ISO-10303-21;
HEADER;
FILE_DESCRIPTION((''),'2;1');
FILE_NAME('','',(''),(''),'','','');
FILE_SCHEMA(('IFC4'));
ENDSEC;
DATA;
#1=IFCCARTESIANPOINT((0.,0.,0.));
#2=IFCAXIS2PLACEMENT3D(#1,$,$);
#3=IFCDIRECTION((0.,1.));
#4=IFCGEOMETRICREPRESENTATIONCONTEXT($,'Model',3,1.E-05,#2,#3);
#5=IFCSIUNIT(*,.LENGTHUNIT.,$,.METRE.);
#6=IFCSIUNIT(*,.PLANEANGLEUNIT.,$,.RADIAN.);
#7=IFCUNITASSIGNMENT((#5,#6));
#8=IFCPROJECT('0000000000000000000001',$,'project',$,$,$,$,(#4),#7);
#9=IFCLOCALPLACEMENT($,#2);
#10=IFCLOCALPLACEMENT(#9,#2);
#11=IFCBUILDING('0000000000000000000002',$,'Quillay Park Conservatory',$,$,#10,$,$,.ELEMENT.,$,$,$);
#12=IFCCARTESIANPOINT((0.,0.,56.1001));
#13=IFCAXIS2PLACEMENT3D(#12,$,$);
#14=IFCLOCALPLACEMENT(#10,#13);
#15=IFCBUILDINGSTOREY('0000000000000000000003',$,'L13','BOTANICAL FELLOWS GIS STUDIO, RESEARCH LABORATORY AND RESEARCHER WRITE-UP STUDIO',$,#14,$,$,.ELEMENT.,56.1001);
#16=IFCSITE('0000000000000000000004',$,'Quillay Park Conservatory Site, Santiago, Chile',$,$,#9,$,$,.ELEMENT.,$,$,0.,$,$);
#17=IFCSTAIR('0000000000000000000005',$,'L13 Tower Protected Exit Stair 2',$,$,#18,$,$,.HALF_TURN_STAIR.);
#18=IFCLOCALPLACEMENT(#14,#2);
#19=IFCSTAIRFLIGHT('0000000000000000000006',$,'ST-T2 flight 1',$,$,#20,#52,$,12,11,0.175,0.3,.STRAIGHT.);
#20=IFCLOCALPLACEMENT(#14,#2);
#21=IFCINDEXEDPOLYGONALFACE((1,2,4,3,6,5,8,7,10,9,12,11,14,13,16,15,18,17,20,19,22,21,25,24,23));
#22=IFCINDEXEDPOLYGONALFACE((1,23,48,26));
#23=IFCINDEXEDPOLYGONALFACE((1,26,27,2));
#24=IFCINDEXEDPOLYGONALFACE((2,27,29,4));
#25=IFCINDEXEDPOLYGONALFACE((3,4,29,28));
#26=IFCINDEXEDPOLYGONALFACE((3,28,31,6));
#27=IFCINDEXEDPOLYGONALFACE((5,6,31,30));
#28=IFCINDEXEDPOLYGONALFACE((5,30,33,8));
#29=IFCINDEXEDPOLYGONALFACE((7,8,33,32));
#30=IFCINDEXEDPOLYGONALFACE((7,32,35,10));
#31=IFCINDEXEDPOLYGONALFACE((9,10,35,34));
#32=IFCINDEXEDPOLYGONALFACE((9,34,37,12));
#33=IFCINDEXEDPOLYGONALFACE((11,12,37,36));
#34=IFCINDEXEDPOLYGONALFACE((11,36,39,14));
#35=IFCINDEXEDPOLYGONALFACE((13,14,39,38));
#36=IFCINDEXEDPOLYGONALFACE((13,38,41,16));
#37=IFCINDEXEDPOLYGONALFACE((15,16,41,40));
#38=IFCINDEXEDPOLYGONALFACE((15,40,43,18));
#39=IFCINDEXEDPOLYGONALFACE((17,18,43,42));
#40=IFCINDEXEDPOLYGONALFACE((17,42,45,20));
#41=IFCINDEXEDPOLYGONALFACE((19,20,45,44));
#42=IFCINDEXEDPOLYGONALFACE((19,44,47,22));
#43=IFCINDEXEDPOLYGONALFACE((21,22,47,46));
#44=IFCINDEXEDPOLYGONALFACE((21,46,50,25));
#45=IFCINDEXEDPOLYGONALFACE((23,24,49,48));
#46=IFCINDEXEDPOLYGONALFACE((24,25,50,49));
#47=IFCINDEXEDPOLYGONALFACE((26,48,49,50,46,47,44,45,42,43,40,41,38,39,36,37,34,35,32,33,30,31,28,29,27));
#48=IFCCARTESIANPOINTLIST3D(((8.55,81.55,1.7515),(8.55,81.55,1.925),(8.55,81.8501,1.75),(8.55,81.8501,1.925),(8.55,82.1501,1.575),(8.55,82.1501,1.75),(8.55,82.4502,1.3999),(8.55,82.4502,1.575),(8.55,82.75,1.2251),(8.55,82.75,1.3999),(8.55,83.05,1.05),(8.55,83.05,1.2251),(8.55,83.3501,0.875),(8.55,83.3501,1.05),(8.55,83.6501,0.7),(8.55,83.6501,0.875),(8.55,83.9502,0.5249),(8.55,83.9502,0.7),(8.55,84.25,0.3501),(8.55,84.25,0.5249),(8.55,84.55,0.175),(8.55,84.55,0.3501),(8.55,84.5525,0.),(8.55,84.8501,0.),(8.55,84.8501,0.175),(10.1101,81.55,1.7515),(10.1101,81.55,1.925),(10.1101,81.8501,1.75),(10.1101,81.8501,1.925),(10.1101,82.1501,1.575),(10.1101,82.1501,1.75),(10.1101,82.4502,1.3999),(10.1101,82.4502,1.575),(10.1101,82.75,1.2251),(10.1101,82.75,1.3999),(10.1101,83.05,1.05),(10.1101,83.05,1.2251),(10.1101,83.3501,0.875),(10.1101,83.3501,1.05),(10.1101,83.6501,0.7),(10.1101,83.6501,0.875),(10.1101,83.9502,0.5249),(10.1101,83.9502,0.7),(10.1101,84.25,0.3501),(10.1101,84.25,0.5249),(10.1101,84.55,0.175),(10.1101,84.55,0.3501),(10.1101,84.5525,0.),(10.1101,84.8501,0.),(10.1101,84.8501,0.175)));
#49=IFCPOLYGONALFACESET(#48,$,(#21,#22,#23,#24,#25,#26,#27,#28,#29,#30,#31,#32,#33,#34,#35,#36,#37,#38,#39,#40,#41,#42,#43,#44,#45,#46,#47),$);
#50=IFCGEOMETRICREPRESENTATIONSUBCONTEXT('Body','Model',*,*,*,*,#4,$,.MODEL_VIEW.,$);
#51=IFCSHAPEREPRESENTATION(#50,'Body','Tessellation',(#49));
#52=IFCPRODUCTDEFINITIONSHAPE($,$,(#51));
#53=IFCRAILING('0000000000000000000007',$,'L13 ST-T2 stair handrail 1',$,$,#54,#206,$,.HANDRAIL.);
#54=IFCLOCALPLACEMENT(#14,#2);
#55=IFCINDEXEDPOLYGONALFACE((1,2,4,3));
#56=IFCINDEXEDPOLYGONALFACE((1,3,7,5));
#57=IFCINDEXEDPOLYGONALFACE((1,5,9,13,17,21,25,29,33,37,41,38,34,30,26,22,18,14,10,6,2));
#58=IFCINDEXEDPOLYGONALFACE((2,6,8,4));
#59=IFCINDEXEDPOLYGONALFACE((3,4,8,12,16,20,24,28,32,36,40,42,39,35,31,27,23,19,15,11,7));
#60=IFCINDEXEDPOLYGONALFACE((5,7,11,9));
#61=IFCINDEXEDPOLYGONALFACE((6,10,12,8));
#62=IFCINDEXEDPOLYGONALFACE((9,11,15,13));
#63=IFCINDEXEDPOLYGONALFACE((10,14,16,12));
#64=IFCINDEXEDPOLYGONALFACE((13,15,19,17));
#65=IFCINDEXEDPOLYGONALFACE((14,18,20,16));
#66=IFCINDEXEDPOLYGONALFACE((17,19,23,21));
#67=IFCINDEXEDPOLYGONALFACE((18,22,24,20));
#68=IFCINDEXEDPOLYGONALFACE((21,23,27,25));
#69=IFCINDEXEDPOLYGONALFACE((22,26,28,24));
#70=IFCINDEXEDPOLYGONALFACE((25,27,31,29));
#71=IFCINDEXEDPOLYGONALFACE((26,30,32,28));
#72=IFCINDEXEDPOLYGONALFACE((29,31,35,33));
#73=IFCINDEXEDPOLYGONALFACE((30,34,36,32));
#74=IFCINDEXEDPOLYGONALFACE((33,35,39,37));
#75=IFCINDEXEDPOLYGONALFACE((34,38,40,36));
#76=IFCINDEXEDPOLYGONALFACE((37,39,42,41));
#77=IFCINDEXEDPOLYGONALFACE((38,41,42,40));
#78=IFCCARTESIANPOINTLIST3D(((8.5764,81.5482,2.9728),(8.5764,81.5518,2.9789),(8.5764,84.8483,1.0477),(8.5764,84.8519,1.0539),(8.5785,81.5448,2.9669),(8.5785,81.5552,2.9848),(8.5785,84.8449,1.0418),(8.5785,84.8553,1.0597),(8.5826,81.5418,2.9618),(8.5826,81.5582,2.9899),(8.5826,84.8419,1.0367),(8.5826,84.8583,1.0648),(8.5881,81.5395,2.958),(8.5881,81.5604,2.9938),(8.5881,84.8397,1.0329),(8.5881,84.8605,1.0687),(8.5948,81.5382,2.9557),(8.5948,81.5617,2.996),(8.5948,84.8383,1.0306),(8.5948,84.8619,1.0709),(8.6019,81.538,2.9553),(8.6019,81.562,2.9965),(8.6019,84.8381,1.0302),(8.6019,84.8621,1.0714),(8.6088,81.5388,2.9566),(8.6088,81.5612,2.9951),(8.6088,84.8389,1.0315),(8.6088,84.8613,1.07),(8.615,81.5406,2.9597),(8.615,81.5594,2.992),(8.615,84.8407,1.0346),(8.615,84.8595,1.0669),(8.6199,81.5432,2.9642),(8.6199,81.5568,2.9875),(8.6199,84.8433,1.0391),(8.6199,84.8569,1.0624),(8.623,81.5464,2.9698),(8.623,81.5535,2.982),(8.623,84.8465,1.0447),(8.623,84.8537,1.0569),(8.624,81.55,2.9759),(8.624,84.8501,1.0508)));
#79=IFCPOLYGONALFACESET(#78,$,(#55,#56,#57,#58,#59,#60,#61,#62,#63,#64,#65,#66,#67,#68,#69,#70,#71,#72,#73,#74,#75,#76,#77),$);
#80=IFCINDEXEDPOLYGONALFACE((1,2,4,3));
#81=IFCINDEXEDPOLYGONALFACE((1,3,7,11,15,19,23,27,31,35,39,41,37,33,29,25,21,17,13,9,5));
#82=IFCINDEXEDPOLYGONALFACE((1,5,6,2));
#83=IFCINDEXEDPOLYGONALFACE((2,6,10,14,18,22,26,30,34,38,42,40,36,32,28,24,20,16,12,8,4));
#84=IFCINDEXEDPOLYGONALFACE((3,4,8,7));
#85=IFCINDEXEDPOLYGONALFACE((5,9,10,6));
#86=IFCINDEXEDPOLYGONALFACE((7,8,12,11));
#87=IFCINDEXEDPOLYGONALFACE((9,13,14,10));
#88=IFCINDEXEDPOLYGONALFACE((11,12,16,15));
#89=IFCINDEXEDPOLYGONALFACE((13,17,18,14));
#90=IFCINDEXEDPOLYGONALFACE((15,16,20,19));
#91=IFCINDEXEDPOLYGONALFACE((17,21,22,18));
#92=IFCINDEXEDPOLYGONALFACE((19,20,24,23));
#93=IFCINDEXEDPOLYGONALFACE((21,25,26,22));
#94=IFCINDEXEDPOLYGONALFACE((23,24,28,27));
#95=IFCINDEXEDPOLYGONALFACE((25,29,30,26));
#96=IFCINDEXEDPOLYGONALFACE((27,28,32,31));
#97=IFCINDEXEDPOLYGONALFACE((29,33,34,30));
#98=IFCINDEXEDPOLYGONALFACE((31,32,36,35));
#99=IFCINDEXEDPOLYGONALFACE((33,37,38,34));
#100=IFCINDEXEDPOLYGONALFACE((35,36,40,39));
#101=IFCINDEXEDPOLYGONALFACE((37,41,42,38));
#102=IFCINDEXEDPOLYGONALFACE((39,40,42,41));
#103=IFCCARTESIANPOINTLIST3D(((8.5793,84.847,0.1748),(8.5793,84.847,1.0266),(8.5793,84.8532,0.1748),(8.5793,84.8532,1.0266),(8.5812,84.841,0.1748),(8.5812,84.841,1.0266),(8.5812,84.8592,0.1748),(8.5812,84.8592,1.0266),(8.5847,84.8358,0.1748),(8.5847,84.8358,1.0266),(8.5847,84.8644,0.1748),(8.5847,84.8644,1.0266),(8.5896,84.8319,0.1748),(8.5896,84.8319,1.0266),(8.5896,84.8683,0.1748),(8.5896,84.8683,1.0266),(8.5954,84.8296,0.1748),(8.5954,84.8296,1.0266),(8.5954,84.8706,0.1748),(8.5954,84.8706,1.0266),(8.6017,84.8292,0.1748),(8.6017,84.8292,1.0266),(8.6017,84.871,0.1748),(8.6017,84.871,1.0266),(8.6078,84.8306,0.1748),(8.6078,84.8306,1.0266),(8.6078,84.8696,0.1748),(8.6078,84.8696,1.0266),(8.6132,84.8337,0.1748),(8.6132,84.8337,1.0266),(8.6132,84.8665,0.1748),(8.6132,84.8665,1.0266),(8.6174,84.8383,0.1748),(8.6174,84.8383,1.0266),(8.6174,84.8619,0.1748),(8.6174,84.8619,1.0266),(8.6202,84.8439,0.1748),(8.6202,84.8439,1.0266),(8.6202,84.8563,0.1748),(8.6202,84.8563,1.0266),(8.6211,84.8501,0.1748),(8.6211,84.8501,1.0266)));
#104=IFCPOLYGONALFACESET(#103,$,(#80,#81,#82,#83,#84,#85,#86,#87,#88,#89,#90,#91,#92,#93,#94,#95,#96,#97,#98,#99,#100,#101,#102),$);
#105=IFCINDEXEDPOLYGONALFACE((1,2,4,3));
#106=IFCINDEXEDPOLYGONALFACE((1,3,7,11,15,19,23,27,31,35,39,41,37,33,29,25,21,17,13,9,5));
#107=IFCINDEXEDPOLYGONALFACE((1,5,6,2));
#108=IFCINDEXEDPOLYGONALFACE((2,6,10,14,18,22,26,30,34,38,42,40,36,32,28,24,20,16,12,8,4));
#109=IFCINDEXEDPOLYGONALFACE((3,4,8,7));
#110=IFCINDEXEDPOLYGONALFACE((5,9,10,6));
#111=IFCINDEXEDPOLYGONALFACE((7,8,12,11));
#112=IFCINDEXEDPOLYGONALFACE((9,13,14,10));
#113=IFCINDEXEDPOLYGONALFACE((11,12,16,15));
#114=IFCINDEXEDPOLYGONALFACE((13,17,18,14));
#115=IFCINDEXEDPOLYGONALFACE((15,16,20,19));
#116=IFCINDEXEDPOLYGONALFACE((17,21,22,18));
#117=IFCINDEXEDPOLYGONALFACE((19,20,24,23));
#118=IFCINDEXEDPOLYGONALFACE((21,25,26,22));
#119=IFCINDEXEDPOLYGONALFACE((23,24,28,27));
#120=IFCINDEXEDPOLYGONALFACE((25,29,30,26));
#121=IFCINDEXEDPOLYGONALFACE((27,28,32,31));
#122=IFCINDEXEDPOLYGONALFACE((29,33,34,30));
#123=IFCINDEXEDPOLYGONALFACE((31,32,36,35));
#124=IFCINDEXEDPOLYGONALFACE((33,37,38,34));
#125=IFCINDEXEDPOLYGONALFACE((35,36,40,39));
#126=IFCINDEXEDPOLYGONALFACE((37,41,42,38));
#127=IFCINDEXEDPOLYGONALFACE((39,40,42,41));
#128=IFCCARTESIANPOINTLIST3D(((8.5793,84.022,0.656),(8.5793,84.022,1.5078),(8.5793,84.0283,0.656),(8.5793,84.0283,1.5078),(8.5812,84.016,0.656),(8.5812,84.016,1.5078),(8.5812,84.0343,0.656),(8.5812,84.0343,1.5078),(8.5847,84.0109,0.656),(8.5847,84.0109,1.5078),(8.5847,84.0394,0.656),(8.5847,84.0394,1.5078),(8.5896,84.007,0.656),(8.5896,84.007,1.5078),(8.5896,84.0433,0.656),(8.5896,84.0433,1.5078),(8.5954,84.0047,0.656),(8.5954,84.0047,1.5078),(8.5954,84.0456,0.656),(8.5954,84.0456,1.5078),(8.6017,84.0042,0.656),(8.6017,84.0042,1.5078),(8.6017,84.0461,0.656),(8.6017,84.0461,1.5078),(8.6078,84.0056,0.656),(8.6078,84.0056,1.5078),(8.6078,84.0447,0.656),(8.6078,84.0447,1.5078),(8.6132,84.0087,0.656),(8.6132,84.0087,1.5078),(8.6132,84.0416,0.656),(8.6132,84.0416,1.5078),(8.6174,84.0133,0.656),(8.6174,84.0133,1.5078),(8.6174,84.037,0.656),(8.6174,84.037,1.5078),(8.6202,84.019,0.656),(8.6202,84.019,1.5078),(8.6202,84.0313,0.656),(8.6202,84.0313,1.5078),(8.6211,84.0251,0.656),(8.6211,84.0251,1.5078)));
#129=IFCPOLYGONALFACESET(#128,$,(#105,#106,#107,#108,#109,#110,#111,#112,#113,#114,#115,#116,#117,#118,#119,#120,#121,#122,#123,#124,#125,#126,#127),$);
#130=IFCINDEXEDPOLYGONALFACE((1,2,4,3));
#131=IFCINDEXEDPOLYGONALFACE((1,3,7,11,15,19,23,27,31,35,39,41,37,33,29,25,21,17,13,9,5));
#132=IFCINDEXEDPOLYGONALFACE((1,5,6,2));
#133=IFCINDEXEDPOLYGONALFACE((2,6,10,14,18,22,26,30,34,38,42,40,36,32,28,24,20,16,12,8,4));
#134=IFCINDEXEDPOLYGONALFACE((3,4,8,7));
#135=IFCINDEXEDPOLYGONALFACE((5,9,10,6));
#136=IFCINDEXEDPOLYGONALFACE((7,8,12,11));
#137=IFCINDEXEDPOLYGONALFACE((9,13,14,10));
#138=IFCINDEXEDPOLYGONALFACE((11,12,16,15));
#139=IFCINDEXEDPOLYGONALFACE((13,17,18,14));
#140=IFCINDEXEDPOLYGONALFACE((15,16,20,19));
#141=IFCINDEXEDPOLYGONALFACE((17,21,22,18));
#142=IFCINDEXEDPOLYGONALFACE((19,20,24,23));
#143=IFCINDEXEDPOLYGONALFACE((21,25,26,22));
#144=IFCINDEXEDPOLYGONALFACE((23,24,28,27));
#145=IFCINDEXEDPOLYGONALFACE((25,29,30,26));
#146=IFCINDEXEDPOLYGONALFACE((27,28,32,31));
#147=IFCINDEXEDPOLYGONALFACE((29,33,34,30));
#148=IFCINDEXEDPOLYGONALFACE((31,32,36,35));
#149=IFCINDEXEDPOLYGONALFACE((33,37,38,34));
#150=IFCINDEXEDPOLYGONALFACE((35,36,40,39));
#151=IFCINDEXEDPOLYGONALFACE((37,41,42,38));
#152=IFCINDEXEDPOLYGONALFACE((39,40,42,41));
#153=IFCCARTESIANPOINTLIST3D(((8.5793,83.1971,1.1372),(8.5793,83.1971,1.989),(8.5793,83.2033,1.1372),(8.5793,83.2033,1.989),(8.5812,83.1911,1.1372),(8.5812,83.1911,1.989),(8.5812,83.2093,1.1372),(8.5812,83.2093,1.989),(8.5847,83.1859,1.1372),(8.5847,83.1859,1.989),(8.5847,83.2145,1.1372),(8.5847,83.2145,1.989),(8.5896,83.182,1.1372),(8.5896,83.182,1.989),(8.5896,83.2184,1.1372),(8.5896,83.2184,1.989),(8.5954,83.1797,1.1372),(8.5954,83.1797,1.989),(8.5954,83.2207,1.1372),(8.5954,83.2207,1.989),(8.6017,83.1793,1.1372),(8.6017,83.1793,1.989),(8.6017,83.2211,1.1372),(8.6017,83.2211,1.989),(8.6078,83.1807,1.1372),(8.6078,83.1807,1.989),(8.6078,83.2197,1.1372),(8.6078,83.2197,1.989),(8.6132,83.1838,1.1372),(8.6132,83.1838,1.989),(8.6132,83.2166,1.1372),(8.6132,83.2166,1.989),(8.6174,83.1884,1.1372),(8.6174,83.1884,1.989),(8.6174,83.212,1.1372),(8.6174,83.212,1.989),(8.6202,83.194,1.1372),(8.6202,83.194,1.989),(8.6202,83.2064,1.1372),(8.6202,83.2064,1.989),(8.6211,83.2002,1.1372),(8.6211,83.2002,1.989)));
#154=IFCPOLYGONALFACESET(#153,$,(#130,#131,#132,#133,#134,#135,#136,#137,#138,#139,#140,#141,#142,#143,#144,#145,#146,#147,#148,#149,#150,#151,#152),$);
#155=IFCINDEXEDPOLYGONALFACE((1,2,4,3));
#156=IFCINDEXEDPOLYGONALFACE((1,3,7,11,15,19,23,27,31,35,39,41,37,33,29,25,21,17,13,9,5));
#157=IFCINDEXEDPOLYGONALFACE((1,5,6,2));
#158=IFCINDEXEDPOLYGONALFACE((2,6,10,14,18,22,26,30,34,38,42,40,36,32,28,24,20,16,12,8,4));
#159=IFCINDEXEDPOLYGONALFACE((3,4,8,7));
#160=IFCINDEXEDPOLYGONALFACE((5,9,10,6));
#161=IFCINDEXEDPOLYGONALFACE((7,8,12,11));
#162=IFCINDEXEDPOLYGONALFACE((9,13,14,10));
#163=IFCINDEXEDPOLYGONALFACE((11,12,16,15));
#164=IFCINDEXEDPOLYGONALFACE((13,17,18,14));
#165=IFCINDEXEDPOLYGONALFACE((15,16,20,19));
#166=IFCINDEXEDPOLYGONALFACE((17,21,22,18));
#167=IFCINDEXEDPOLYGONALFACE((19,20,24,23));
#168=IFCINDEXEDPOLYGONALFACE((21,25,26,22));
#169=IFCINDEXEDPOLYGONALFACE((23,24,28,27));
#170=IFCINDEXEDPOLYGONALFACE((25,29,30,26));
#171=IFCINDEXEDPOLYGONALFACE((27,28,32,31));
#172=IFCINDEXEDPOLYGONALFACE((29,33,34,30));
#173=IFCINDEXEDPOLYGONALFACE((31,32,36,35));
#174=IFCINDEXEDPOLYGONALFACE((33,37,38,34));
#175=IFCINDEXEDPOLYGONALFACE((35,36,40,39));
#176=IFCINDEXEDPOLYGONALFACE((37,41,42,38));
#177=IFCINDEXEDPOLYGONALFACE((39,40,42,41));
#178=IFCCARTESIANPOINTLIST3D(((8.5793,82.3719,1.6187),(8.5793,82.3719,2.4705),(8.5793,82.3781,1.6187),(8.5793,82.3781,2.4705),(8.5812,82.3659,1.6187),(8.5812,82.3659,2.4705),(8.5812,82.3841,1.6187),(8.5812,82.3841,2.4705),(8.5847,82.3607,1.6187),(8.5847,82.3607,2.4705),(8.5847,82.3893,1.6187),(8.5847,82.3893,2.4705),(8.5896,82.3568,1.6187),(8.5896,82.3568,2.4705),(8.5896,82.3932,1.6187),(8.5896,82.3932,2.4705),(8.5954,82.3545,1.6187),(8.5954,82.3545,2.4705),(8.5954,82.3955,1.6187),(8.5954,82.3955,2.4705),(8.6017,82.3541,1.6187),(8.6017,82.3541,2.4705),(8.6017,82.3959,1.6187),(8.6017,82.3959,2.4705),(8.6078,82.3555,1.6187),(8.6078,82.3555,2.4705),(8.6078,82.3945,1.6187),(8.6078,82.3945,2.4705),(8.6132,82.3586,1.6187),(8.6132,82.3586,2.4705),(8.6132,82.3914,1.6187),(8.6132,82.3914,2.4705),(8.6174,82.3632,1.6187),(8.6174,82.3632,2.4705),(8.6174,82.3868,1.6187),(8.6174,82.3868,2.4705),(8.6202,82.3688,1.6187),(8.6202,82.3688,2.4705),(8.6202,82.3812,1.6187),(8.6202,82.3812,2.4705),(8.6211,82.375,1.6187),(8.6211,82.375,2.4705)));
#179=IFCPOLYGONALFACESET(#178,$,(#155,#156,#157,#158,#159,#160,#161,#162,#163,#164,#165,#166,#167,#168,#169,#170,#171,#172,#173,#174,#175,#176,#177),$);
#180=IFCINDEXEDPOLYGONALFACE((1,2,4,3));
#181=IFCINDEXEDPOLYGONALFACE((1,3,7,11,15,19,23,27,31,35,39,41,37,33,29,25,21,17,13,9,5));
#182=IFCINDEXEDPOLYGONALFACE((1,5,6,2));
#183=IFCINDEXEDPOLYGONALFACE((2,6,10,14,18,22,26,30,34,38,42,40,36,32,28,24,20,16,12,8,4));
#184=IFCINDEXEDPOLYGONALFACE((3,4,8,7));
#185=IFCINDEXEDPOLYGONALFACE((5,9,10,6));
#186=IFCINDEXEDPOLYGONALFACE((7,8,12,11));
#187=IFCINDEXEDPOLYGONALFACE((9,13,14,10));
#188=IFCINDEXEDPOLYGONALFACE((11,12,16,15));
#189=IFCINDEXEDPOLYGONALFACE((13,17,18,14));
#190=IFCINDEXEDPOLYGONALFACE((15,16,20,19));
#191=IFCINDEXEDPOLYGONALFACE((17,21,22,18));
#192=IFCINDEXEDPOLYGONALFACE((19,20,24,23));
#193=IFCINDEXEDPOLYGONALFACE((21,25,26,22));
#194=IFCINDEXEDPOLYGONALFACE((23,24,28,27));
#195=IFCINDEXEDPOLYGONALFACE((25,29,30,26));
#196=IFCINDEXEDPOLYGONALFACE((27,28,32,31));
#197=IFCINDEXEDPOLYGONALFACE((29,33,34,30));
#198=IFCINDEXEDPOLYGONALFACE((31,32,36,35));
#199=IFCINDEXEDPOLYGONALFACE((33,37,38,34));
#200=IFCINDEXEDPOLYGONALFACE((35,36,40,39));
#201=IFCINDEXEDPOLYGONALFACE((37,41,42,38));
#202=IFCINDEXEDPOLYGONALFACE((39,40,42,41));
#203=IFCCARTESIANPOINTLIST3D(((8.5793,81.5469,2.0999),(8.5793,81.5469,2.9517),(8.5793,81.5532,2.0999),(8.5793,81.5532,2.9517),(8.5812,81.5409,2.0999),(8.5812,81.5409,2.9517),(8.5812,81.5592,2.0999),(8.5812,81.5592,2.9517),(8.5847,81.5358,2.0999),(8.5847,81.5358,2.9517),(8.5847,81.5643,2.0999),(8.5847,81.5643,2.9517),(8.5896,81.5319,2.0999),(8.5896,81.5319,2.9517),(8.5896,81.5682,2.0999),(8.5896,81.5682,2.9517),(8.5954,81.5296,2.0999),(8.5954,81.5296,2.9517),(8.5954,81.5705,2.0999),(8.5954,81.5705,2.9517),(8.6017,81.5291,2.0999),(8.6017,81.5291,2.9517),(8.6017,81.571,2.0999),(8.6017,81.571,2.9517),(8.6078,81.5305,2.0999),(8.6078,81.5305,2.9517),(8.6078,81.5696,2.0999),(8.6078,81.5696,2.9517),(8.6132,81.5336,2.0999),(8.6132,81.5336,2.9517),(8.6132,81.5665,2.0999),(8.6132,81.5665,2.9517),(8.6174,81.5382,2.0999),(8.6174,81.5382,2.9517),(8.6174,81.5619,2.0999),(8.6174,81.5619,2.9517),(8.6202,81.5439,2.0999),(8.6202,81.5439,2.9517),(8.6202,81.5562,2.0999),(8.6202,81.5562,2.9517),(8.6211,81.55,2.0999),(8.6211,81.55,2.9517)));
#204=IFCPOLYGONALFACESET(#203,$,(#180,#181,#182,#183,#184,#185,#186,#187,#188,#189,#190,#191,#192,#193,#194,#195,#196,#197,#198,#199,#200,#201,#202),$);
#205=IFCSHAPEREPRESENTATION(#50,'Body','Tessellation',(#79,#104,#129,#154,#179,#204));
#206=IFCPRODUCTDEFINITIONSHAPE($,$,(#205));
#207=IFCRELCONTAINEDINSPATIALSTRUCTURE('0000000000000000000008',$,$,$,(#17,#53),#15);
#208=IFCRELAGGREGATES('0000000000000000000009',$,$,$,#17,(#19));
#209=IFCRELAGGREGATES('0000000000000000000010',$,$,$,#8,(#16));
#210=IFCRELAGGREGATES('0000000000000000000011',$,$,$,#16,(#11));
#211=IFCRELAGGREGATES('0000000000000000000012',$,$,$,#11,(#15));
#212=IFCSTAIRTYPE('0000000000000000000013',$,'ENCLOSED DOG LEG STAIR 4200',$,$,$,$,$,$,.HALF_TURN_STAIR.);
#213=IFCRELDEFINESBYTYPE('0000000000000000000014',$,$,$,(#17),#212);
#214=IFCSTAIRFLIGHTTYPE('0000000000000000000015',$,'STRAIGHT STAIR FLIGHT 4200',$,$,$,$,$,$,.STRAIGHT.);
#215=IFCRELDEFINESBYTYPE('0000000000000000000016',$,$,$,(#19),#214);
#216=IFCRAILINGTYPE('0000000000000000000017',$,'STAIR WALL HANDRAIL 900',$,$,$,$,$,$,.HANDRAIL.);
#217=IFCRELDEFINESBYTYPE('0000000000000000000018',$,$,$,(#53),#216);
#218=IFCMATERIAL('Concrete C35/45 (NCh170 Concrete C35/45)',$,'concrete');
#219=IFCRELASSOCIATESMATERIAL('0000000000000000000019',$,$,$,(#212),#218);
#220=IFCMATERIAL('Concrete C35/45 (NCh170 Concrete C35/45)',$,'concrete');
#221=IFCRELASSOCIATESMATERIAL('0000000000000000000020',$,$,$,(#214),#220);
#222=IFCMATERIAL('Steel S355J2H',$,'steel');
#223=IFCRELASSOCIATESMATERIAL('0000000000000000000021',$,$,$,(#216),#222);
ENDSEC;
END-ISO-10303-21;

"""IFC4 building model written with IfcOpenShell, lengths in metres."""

from ifc_helpers import new_model, si_unit, direction, frame, origin, origin_2d, place, context, subcontext, project, spatial, polyline, circle, outline, extrude, material, type_object, element, aggregate, save


model = new_model("IFC4")

# Units and contexts
model_context = context("Model", 3, precision=1e-05, world=origin(), true_north=direction((0.0, 1.0)))
body_context = subcontext(model_context, "Body", "Model", "MODEL_VIEW")
ifc_project = project(units=[si_unit("LENGTHUNIT", "METRE"), si_unit("PLANEANGLEUNIT", "RADIAN")], contexts=[model_context])

# Site, building, storey
site_placement = place(None, origin())
site = spatial("IfcSite", under=ifc_project, at=site_placement, Name="Quillay Park Conservatory Site, Santiago, Chile", CompositionType="ELEMENT", RefElevation=0.0)
building_placement = place(site_placement, origin())
building = spatial("IfcBuilding", under=site, at=building_placement, Name="Quillay Park Conservatory", CompositionType="ELEMENT")
storey_placement = place(building_placement, frame((0.0, 0.0, 56.1001)))
storey = spatial("IfcBuildingStorey", under=building, at=storey_placement, Name="L13", Description="BOTANICAL FELLOWS GIS STUDIO, RESEARCH LABORATORY AND RESEARCHER WRITE-UP STUDIO", CompositionType="ELEMENT", Elevation=56.1001)

# Stair, stair flight
ifc_material_1 = material(Name="Concrete C35/45 (NCh170 Concrete C35/45)", Category="concrete")
stair_type = type_object("IfcStairType", Name="ENCLOSED DOG LEG STAIR 4200", PredefinedType="HALF_TURN_STAIR", material=ifc_material_1)
stair_placement = place(storey_placement, origin())
stair = element("IfcStair", 1, at=stair_placement, inside=storey, type_object=stair_type, Name="L13 Tower Protected Exit Stair 2", PredefinedType="HALF_TURN_STAIR")
ifc_material_2 = material(Name="Concrete C35/45 (NCh170 Concrete C35/45)", Category="concrete")
stair_flight_type = type_object("IfcStairFlightType", Name="STRAIGHT STAIR FLIGHT 4200", PredefinedType="STRAIGHT", material=ifc_material_2)
stair_flight_placement = place(storey_placement, frame((9.3301, 84.8501, 0.0), z_axis=(0.0, 0.0, 1.0), x_axis=(0.0, -1.0, 0.0)))
stair_flight = element("IfcStairFlight", 2, at=stair_flight_placement, type_object=stair_flight_type, Name="ST-T2 flight 1", NumberOfRisers=12, NumberOfTreads=11, PredefinedType="STRAIGHT", RiserHeight=0.175, TreadLength=0.3, context=body_context, shape_type="SweptSolid", body=[
    extrude(outline(polyline([(0.0, 0.0), (0.0, 0.175), (0.3, 0.175), (0.3, 0.3501), (0.6001, 0.3501), (0.6001, 0.5249), (0.8999, 0.5249), (0.8999, 0.7), (1.2, 0.7), (1.2, 0.875), (1.5, 0.875), (1.5, 1.05), (1.8, 1.05), (1.8, 1.2251), (2.1001, 1.2251), (2.1001, 1.3999), (2.3999, 1.3999), (2.3999, 1.575), (2.7, 1.575), (2.7, 1.75), (3.0, 1.75), (3.0, 1.925), (3.3, 1.925), (3.3, 2.1001), (3.3, 1.7515), (0.2976, 0.0), (0.0, 0.0)])), frame((0.0, 0.78, 0.0), z_axis=(0.0, -1.0, 0.0), x_axis=(1.0, 0.0, 0.0)), (0.0, 0.0, 1.0), 1.5601),
])
aggregate(stair, [stair_flight])

# Railing
ifc_material_3 = material(Name="Steel S355J2H", Category="steel")
railing_type = type_object("IfcRailingType", Name="STAIR WALL HANDRAIL 900", PredefinedType="HANDRAIL", material=ifc_material_3)
railing_placement = place(storey_placement, frame((8.6001, 84.8501, 0.1748)))
element("IfcRailing", 3, at=railing_placement, inside=storey, type_object=railing_type, Name="L13 ST-T2 stair handrail 1", PredefinedType="HANDRAIL", context=body_context, shape_type="SweptSolid", body=[
    extrude(circle(Radius=0.0239, at=origin_2d()), frame((0.0, 0.0, 0.876), z_axis=(0.0, -0.863777, 0.503875), x_axis=(1.0, 0.0, 0.0)), (0.0, 0.0, 1.0), 3.8206),
    extrude(circle(Radius=0.021, at=origin_2d()), origin(), (0.0, 0.0, 1.0), 0.8518),
    extrude(circle(Radius=0.021, at=origin_2d()), frame((0.0, -0.825, 0.4812)), (0.0, 0.0, 1.0), 0.8518),
    extrude(circle(Radius=0.021, at=origin_2d()), frame((0.0, -1.6499, 0.9624)), (0.0, 0.0, 1.0), 0.8518),
    extrude(circle(Radius=0.021, at=origin_2d()), frame((0.0, -2.4751, 1.4438)), (0.0, 0.0, 1.0), 0.8518),
    extrude(circle(Radius=0.021, at=origin_2d()), frame((0.0, -3.3, 1.925)), (0.0, 0.0, 1.0), 0.8518),
])

save(model, "model.ifc")
